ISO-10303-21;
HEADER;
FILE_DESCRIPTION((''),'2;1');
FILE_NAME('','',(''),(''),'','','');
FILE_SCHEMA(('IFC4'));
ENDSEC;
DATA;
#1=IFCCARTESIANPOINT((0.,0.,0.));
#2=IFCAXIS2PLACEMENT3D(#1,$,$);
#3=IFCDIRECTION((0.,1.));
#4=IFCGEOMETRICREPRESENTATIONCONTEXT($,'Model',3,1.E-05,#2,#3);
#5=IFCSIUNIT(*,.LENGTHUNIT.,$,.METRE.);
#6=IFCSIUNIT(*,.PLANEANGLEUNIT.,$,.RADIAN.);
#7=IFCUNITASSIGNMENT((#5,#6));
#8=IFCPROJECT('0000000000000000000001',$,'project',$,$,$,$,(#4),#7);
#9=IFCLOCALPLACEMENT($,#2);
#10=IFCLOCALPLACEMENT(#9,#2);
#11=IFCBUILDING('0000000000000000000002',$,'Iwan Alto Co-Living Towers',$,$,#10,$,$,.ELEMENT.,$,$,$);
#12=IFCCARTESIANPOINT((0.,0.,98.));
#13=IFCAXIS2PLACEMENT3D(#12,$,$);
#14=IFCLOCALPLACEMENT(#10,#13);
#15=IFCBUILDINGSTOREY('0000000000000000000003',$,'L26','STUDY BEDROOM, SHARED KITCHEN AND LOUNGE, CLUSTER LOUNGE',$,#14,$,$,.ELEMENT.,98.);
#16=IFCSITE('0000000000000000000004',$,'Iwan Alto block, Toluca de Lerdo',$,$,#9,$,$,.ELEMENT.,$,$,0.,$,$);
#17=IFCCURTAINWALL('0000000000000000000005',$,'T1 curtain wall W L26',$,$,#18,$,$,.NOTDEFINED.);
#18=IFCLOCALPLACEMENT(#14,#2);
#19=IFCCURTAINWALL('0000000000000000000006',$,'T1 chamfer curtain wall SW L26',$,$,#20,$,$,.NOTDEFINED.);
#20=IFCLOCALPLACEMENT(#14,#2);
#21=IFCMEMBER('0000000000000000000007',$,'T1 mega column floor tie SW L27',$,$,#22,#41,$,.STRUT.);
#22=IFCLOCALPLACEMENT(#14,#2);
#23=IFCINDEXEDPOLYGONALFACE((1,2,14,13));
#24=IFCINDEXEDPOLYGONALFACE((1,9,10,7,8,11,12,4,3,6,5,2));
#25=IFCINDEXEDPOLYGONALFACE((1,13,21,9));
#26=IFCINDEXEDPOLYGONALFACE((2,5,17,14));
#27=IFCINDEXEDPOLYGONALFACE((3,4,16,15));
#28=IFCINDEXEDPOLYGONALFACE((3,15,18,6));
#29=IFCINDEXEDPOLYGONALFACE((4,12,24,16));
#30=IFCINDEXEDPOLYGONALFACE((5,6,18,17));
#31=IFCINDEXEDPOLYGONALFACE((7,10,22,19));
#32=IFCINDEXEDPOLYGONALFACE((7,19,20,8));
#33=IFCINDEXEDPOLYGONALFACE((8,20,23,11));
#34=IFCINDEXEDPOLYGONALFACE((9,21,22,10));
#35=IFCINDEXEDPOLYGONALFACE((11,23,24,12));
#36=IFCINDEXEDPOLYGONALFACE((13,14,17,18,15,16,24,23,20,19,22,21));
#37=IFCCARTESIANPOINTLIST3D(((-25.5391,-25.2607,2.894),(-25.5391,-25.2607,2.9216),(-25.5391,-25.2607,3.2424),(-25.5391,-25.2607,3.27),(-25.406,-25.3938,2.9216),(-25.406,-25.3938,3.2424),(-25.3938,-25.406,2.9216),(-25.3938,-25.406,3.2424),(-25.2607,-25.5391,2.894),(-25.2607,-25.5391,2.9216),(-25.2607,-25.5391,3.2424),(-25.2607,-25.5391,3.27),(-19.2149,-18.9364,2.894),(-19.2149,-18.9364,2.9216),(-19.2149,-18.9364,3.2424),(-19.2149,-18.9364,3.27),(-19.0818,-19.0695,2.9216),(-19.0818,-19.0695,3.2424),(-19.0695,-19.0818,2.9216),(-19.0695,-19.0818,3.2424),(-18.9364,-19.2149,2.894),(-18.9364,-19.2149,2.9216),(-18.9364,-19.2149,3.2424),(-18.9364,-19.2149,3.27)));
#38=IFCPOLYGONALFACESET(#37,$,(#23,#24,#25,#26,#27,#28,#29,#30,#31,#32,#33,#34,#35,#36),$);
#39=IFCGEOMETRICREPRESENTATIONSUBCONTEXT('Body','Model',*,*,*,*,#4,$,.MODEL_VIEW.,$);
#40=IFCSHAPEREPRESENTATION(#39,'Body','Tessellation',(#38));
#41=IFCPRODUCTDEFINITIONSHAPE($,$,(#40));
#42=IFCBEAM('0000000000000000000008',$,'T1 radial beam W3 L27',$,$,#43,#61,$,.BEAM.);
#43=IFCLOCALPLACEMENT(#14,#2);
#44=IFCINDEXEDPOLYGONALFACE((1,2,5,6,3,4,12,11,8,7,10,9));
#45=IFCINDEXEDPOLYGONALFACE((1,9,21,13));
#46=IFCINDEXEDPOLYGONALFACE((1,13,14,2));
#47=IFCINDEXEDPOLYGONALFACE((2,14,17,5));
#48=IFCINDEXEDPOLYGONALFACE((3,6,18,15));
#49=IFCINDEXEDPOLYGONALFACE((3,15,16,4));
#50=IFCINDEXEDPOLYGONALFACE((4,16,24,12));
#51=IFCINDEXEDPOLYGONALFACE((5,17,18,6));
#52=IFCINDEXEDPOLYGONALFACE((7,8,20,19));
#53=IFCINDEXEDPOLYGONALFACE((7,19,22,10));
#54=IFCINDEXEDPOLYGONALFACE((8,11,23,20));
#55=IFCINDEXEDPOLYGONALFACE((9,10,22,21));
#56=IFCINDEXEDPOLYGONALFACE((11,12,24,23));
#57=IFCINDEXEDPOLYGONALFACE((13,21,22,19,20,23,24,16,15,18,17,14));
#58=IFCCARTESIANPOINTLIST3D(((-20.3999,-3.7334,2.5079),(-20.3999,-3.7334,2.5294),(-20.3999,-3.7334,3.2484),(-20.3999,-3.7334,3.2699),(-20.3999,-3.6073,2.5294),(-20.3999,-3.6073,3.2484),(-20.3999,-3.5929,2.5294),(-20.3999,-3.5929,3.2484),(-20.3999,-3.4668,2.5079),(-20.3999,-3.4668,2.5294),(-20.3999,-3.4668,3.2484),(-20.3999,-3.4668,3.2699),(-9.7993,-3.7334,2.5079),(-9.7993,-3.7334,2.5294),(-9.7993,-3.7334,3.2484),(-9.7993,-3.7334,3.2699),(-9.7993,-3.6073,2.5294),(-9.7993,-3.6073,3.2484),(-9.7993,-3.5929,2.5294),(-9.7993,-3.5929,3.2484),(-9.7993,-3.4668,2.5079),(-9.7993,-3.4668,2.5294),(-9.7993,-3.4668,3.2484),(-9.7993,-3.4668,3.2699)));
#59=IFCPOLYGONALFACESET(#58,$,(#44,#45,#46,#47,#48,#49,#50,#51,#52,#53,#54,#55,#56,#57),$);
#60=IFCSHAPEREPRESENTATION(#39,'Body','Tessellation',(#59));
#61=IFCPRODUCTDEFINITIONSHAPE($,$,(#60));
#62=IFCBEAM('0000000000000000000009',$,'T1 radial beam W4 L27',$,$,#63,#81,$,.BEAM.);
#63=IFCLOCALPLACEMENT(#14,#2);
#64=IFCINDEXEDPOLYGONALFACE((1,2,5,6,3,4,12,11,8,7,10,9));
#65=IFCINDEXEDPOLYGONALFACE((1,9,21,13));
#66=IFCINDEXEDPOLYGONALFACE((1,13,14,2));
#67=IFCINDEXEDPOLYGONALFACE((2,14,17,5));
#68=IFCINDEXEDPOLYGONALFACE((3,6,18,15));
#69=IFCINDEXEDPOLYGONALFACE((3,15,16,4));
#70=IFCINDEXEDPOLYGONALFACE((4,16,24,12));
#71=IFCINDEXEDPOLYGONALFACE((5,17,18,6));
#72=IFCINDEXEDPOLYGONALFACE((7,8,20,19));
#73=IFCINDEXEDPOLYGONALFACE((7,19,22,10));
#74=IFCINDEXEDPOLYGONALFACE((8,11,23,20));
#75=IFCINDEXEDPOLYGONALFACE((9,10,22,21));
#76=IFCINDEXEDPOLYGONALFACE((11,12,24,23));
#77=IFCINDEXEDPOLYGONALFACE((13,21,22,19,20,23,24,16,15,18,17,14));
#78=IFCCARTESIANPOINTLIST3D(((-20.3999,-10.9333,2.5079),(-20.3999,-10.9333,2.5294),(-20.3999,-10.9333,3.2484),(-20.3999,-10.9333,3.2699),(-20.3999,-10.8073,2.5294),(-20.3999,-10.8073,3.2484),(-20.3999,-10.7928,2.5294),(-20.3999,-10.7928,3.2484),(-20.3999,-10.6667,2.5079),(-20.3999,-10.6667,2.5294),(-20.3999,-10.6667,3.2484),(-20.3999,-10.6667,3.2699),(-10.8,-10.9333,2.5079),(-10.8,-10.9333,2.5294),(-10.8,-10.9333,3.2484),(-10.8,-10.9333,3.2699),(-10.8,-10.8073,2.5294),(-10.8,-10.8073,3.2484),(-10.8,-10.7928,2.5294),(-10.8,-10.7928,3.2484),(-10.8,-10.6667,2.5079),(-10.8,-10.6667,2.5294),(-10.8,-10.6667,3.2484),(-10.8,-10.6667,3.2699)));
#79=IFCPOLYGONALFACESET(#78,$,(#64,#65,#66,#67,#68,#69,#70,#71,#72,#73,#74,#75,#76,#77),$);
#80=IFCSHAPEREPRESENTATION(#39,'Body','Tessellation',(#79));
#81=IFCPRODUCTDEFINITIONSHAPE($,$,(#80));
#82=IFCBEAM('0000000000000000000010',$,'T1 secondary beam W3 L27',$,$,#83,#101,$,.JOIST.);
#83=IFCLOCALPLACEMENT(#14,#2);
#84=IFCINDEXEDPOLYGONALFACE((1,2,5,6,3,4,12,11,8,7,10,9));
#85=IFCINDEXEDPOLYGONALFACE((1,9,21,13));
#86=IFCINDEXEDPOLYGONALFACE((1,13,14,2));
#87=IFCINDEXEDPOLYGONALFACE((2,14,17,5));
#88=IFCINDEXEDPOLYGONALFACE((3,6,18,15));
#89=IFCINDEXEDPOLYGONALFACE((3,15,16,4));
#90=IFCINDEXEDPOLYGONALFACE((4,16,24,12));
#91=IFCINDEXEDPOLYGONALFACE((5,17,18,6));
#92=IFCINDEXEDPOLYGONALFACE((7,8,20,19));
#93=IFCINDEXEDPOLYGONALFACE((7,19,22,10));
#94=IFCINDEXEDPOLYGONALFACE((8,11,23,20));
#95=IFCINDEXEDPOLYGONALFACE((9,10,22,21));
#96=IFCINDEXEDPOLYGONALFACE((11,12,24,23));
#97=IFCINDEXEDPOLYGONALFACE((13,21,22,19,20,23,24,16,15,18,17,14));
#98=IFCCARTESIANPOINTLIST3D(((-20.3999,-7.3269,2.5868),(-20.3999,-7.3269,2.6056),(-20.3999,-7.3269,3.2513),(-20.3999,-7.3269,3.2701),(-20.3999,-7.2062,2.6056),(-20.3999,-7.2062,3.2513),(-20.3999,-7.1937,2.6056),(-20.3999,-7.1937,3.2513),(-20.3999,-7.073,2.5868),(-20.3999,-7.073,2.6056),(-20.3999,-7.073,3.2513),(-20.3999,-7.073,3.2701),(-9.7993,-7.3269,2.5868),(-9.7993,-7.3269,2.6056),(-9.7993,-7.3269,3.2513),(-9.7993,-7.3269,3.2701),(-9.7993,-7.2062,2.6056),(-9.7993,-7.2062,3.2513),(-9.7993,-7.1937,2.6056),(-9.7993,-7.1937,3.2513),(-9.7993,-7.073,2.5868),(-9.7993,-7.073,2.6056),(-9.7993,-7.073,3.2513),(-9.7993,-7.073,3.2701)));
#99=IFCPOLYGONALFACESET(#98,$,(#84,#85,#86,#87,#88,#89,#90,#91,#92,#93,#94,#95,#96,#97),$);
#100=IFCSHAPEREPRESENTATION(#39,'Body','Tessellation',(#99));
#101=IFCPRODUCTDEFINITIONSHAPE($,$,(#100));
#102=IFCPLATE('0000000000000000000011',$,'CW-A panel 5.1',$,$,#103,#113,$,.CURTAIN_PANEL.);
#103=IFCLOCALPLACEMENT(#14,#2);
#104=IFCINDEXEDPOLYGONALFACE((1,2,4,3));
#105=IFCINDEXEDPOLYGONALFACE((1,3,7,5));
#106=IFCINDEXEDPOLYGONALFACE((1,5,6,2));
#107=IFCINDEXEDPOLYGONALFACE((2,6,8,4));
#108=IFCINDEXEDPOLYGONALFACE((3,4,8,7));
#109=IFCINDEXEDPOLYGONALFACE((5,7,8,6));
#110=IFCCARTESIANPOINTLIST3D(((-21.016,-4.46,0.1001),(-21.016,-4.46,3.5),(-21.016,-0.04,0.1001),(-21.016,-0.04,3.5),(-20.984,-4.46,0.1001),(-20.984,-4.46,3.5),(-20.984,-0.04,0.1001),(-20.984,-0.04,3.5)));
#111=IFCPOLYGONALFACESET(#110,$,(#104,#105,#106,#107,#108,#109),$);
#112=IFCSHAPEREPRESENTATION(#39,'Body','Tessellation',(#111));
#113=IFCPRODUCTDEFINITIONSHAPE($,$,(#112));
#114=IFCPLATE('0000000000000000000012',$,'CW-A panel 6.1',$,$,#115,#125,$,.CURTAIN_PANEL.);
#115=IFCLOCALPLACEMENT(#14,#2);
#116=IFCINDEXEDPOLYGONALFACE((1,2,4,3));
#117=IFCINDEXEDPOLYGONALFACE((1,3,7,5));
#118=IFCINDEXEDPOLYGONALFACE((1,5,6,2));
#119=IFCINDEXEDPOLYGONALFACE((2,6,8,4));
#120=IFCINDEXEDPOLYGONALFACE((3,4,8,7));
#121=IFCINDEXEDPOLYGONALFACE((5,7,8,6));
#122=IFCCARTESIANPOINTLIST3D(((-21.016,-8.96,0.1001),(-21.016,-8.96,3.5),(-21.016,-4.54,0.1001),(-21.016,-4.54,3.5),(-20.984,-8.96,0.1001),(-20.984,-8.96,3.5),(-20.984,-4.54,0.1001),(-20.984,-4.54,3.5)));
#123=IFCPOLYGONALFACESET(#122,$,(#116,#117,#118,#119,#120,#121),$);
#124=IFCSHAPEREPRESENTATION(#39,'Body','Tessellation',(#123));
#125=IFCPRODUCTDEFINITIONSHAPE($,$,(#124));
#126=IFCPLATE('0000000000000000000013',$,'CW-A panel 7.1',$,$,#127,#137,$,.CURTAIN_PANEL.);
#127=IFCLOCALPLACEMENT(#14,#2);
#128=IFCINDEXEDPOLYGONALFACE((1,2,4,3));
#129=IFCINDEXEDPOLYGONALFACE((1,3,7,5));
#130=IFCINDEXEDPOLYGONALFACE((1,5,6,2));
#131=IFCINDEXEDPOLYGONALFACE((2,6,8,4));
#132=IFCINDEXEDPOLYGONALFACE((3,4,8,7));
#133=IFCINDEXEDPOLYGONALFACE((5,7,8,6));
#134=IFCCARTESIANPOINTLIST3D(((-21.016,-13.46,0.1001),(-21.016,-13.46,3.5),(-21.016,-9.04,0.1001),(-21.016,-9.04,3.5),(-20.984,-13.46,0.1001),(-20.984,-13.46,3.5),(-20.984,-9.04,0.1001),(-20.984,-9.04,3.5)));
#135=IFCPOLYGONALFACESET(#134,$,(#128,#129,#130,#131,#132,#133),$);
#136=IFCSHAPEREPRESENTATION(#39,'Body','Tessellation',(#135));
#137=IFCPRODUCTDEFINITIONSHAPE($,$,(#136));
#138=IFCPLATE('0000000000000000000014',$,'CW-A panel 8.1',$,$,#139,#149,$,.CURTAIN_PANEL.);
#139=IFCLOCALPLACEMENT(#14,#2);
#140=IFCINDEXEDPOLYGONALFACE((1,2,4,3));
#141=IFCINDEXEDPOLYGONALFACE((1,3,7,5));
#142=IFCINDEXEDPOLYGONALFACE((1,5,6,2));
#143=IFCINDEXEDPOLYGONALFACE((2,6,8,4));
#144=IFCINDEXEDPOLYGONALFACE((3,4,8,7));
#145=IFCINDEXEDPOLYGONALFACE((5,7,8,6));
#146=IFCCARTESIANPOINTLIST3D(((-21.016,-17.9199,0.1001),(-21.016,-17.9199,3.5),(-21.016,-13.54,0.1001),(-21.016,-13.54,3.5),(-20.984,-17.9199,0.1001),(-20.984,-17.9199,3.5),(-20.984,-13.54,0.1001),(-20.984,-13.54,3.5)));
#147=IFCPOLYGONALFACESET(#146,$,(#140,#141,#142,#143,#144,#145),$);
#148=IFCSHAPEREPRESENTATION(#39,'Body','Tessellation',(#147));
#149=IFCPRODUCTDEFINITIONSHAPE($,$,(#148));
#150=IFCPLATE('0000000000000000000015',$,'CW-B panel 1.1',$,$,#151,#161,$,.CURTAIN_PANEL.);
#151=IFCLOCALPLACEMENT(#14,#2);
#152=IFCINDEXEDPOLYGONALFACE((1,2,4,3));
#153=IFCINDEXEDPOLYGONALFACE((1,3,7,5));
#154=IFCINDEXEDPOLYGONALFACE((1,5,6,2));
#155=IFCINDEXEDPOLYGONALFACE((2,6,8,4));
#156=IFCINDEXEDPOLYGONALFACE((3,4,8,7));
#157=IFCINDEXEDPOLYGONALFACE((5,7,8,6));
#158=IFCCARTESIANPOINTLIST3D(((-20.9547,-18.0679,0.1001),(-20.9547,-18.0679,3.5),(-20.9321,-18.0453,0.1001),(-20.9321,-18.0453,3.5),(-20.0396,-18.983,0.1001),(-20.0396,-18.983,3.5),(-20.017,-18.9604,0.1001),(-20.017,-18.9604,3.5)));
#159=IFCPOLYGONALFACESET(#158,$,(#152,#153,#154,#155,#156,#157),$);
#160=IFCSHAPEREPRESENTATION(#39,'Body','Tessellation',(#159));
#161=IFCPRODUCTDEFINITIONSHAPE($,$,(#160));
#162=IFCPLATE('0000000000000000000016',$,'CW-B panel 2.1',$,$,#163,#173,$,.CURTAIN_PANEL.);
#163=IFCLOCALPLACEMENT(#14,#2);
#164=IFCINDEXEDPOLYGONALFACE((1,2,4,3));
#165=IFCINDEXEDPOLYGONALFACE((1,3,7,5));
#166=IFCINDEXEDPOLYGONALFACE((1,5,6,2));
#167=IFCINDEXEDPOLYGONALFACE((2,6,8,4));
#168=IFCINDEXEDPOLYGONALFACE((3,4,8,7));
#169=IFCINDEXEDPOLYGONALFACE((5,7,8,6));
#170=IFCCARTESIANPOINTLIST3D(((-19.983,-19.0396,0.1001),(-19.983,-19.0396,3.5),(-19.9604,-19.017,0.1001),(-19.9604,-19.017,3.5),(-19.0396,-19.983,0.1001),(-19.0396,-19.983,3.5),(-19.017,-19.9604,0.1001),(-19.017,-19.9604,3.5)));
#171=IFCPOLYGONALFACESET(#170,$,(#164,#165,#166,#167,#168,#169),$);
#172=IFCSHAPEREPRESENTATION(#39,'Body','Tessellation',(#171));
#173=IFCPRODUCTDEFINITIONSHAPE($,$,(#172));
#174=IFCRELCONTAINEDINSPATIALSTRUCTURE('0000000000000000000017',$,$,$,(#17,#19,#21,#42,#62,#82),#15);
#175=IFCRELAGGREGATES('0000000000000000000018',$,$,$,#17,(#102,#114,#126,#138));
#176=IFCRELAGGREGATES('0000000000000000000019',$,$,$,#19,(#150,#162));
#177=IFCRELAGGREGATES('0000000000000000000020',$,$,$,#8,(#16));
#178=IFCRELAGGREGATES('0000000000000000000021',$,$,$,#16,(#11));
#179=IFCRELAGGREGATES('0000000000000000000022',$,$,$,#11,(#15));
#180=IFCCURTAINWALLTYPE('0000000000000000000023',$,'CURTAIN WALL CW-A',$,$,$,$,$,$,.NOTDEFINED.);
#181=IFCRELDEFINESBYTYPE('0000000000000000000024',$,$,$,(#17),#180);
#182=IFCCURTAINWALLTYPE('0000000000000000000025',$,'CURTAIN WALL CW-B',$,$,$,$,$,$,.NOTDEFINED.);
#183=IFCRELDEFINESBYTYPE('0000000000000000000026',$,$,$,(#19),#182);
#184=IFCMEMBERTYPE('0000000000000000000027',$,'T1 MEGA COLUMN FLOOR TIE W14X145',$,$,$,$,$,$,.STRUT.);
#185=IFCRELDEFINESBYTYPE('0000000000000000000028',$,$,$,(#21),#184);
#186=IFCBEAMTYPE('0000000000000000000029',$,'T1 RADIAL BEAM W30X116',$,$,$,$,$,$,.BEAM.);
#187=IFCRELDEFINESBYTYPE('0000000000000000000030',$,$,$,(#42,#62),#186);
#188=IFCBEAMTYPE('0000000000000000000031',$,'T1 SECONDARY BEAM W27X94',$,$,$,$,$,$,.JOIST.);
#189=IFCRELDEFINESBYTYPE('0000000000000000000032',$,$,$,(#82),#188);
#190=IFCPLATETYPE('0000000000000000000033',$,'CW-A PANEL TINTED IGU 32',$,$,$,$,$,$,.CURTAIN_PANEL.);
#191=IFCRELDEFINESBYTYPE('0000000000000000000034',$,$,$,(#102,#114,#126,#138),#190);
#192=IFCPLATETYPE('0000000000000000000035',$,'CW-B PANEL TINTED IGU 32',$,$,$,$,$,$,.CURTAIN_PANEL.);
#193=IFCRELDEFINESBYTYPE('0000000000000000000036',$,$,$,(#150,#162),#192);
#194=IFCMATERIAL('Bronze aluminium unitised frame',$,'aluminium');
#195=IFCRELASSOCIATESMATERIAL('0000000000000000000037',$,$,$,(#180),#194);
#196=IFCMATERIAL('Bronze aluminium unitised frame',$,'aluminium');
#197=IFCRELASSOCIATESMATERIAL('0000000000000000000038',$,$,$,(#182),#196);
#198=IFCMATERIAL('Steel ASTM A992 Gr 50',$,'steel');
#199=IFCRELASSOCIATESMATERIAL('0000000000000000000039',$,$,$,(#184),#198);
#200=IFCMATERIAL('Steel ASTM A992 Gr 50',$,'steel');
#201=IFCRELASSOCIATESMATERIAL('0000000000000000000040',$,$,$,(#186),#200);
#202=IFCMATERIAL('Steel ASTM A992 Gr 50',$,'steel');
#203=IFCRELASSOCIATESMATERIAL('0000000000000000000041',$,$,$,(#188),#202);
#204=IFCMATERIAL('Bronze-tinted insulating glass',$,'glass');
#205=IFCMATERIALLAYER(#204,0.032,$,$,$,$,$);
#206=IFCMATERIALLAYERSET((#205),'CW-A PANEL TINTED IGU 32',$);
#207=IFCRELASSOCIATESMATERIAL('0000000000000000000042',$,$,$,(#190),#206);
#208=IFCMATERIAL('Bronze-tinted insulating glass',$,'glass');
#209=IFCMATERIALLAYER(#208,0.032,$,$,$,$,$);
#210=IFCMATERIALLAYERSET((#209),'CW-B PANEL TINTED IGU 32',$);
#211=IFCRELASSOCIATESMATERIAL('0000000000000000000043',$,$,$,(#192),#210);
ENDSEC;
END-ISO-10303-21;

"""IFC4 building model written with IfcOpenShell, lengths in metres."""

from ifc_helpers import new_model, si_unit, direction, frame, origin, origin_2d, place, context, subcontext, project, spatial, rectangle, i_section, extrude, material, layer, layer_set, material_profile, profile_set, type_object, element, aggregate, save


model = new_model("IFC4")

# Units and contexts
model_context = context("Model", 3, precision=1e-05, world=origin(), true_north=direction((0.0, 1.0)))
body_context = subcontext(model_context, "Body", "Model", "MODEL_VIEW")
ifc_project = project(units=[si_unit("LENGTHUNIT", "METRE"), si_unit("PLANEANGLEUNIT", "RADIAN")], contexts=[model_context])

# Site, building, storey
site_placement = place(None, origin())
site = spatial("IfcSite", under=ifc_project, at=site_placement, Name="Iwan Alto block, Toluca de Lerdo", CompositionType="ELEMENT", RefElevation=0.0)
building_placement = place(site_placement, origin())
building = spatial("IfcBuilding", under=site, at=building_placement, Name="Iwan Alto Co-Living Towers", CompositionType="ELEMENT")
storey_placement = place(building_placement, frame((0.0, 0.0, 98.0)))
storey = spatial("IfcBuildingStorey", under=building, at=storey_placement, Name="L26", Description="STUDY BEDROOM, SHARED KITCHEN AND LOUNGE, CLUSTER LOUNGE", CompositionType="ELEMENT", Elevation=98.0)

# Curtain walls
ifc_material_1 = material(Name="Bronze aluminium unitised frame", Category="aluminium")
curtain_wall_type_1 = type_object("IfcCurtainWallType", Name="CURTAIN WALL CW-A", PredefinedType="NOTDEFINED", material=ifc_material_1)
curtain_wall_1_placement = place(storey_placement, origin())
curtain_wall_1 = element("IfcCurtainWall", 1, at=curtain_wall_1_placement, inside=storey, type_object=curtain_wall_type_1, Name="T1 curtain wall W L26", PredefinedType="NOTDEFINED")
ifc_material_2 = material(Name="Bronze aluminium unitised frame", Category="aluminium")
curtain_wall_type_2 = type_object("IfcCurtainWallType", Name="CURTAIN WALL CW-B", PredefinedType="NOTDEFINED", material=ifc_material_2)
curtain_wall_2_placement = place(storey_placement, origin())
curtain_wall_2 = element("IfcCurtainWall", 2, at=curtain_wall_2_placement, inside=storey, type_object=curtain_wall_type_2, Name="T1 chamfer curtain wall SW L26", PredefinedType="NOTDEFINED")

# Member
ifc_material_3 = material(Name="Steel ASTM A992 Gr 50", Category="steel")
ifc_material_profile_1 = material_profile(ifc_material_3, i_section(OverallWidth=0.3938, OverallDepth=0.376, WebThickness=0.0173, FlangeThickness=0.0276, at=origin_2d()), Name="W14X145")
ifc_profile_set_1 = profile_set([ifc_material_profile_1], Name="Steel ASTM A992 Gr 50")
member_type_1 = type_object("IfcMemberType", Name="T1 MEGA COLUMN FLOOR TIE W14X145", PredefinedType="STRUT", material=ifc_profile_set_1)
member_1_placement = place(storey_placement, frame((-25.3999, -25.3999, 3.082), z_axis=(0.707107, 0.707107, 0.0), x_axis=(-0.707107, 0.707107, 0.0)))
element("IfcMember", 3, at=member_1_placement, inside=storey, type_object=member_type_1, Name="T1 mega column floor tie SW L27", PredefinedType="STRUT", context=body_context, shape_type="SweptSolid", body=[
    extrude(i_section(OverallWidth=0.3938, OverallDepth=0.376, WebThickness=0.0173, FlangeThickness=0.0276, at=origin_2d()), origin(), (0.0, 0.0, 1.0), 8.9438),
])

# Beams
ifc_material_4 = material(Name="Steel ASTM A992 Gr 50", Category="steel")
ifc_material_profile_2 = material_profile(ifc_material_4, i_section(OverallWidth=0.2666, OverallDepth=0.762, WebThickness=0.0144, FlangeThickness=0.0215, at=origin_2d()), Name="W30X116")
ifc_profile_set_2 = profile_set([ifc_material_profile_2], Name="Steel ASTM A992 Gr 50")
beam_type_1 = type_object("IfcBeamType", Name="T1 RADIAL BEAM W30X116", PredefinedType="BEAM", material=ifc_profile_set_2)
beam_1_placement = place(storey_placement, frame((-20.3999, -3.6001, 2.8889), z_axis=(1.0, 0.0, 0.0), x_axis=(0.0, 1.0, 0.0)))
element("IfcBeam", 4, at=beam_1_placement, inside=storey, type_object=beam_type_1, Name="T1 radial beam W3 L27", PredefinedType="BEAM", context=body_context, shape_type="SweptSolid", body=[
    extrude(i_section(OverallWidth=0.2666, OverallDepth=0.762, WebThickness=0.0144, FlangeThickness=0.0215, at=origin_2d()), origin(), (0.0, 0.0, 1.0), 10.6006),
])
beam_2_placement = place(storey_placement, frame((-20.3999, -10.8, 2.8889), z_axis=(1.0, 0.0, 0.0), x_axis=(0.0, 1.0, 0.0)))
element("IfcBeam", 5, at=beam_2_placement, inside=storey, type_object=beam_type_1, Name="T1 radial beam W4 L27", PredefinedType="BEAM", context=body_context, shape_type="SweptSolid", body=[
    extrude(i_section(OverallWidth=0.2666, OverallDepth=0.762, WebThickness=0.0144, FlangeThickness=0.0215, at=origin_2d()), origin(), (0.0, 0.0, 1.0), 9.5999),
])
ifc_material_5 = material(Name="Steel ASTM A992 Gr 50", Category="steel")
ifc_material_profile_3 = material_profile(ifc_material_5, i_section(OverallWidth=0.2539, OverallDepth=0.6833, WebThickness=0.0125, FlangeThickness=0.0188, at=origin_2d()), Name="W27X94")
ifc_profile_set_3 = profile_set([ifc_material_profile_3], Name="Steel ASTM A992 Gr 50")
beam_type_2 = type_object("IfcBeamType", Name="T1 SECONDARY BEAM W27X94", PredefinedType="JOIST", material=ifc_profile_set_3)
beam_3_placement = place(storey_placement, frame((-20.3999, -7.2, 2.9285), z_axis=(1.0, 0.0, 0.0), x_axis=(0.0, 1.0, 0.0)))
element("IfcBeam", 6, at=beam_3_placement, inside=storey, type_object=beam_type_2, Name="T1 secondary beam W3 L27", PredefinedType="JOIST", context=body_context, shape_type="SweptSolid", body=[
    extrude(i_section(OverallWidth=0.2539, OverallDepth=0.6833, WebThickness=0.0125, FlangeThickness=0.0188, at=origin_2d()), origin(), (0.0, 0.0, 1.0), 10.6006),
])

# Plates
ifc_material_6 = material(Name="Bronze-tinted insulating glass", Category="glass")
ifc_layer_1 = layer(ifc_material_6, 0.032)
ifc_layer_set_1 = layer_set([ifc_layer_1], Name="CW-A PANEL TINTED IGU 32")
plate_type_1 = type_object("IfcPlateType", Name="CW-A PANEL TINTED IGU 32", PredefinedType="CURTAIN_PANEL", material=ifc_layer_set_1)
plate_1_placement = place(storey_placement, frame((-21.0, -2.25, 0.1001), z_axis=(0.0, 0.0, 1.0), x_axis=(0.0, -1.0, 0.0)))
plate_1 = element("IfcPlate", 7, at=plate_1_placement, type_object=plate_type_1, Name="CW-A panel 5.1", PredefinedType="CURTAIN_PANEL", context=body_context, shape_type="SweptSolid", body=[
    extrude(rectangle(XDim=4.4199, YDim=0.032, at=origin_2d()), origin(), (0.0, 0.0, 1.0), 3.3999),
])
plate_2_placement = place(storey_placement, frame((-21.0, -6.75, 0.1001), z_axis=(0.0, 0.0, 1.0), x_axis=(0.0, -1.0, 0.0)))
plate_2 = element("IfcPlate", 8, at=plate_2_placement, type_object=plate_type_1, Name="CW-A panel 6.1", PredefinedType="CURTAIN_PANEL", context=body_context, shape_type="SweptSolid", body=[
    extrude(rectangle(XDim=4.4199, YDim=0.032, at=origin_2d()), origin(), (0.0, 0.0, 1.0), 3.3999),
])
plate_3_placement = place(storey_placement, frame((-21.0, -11.25, 0.1001), z_axis=(0.0, 0.0, 1.0), x_axis=(0.0, -1.0, 0.0)))
plate_3 = element("IfcPlate", 9, at=plate_3_placement, type_object=plate_type_1, Name="CW-A panel 7.1", PredefinedType="CURTAIN_PANEL", context=body_context, shape_type="SweptSolid", body=[
    extrude(rectangle(XDim=4.4199, YDim=0.032, at=origin_2d()), origin(), (0.0, 0.0, 1.0), 3.3999),
])
plate_4_placement = place(storey_placement, frame((-21.0, -15.73, 0.1001), z_axis=(0.0, 0.0, 1.0), x_axis=(0.0, -1.0, 0.0)))
plate_4 = element("IfcPlate", 10, at=plate_4_placement, type_object=plate_type_1, Name="CW-A panel 8.1", PredefinedType="CURTAIN_PANEL", context=body_context, shape_type="SweptSolid", body=[
    extrude(rectangle(XDim=4.3799, YDim=0.032, at=origin_2d()), origin(), (0.0, 0.0, 1.0), 3.3999),
])
aggregate(curtain_wall_1, [plate_1, plate_2, plate_3, plate_4])
ifc_material_7 = material(Name="Bronze-tinted insulating glass", Category="glass")
ifc_layer_2 = layer(ifc_material_7, 0.032)
ifc_layer_set_2 = layer_set([ifc_layer_2], Name="CW-B PANEL TINTED IGU 32")
plate_type_2 = type_object("IfcPlateType", Name="CW-B PANEL TINTED IGU 32", PredefinedType="CURTAIN_PANEL", material=ifc_layer_set_2)
plate_5_placement = place(storey_placement, frame((-20.4858, -18.5142, 0.1001), z_axis=(0.0, 0.0, 1.0), x_axis=(0.707107, -0.707107, 0.0)))
plate_5 = element("IfcPlate", 11, at=plate_5_placement, type_object=plate_type_2, Name="CW-B panel 1.1", PredefinedType="CURTAIN_PANEL", context=body_context, shape_type="SweptSolid", body=[
    extrude(rectangle(XDim=1.2942, YDim=0.032, at=origin_2d()), origin(), (0.0, 0.0, 1.0), 3.3999),
])
plate_6_placement = place(storey_placement, frame((-19.5, -19.5, 0.1001), z_axis=(0.0, 0.0, 1.0), x_axis=(0.707107, -0.707107, 0.0)))
plate_6 = element("IfcPlate", 12, at=plate_6_placement, type_object=plate_type_2, Name="CW-B panel 2.1", PredefinedType="CURTAIN_PANEL", context=body_context, shape_type="SweptSolid", body=[
    extrude(rectangle(XDim=1.3342, YDim=0.032, at=origin_2d()), origin(), (0.0, 0.0, 1.0), 3.3999),
])
aggregate(curtain_wall_2, [plate_5, plate_6])

save(model, "model.ifc")
